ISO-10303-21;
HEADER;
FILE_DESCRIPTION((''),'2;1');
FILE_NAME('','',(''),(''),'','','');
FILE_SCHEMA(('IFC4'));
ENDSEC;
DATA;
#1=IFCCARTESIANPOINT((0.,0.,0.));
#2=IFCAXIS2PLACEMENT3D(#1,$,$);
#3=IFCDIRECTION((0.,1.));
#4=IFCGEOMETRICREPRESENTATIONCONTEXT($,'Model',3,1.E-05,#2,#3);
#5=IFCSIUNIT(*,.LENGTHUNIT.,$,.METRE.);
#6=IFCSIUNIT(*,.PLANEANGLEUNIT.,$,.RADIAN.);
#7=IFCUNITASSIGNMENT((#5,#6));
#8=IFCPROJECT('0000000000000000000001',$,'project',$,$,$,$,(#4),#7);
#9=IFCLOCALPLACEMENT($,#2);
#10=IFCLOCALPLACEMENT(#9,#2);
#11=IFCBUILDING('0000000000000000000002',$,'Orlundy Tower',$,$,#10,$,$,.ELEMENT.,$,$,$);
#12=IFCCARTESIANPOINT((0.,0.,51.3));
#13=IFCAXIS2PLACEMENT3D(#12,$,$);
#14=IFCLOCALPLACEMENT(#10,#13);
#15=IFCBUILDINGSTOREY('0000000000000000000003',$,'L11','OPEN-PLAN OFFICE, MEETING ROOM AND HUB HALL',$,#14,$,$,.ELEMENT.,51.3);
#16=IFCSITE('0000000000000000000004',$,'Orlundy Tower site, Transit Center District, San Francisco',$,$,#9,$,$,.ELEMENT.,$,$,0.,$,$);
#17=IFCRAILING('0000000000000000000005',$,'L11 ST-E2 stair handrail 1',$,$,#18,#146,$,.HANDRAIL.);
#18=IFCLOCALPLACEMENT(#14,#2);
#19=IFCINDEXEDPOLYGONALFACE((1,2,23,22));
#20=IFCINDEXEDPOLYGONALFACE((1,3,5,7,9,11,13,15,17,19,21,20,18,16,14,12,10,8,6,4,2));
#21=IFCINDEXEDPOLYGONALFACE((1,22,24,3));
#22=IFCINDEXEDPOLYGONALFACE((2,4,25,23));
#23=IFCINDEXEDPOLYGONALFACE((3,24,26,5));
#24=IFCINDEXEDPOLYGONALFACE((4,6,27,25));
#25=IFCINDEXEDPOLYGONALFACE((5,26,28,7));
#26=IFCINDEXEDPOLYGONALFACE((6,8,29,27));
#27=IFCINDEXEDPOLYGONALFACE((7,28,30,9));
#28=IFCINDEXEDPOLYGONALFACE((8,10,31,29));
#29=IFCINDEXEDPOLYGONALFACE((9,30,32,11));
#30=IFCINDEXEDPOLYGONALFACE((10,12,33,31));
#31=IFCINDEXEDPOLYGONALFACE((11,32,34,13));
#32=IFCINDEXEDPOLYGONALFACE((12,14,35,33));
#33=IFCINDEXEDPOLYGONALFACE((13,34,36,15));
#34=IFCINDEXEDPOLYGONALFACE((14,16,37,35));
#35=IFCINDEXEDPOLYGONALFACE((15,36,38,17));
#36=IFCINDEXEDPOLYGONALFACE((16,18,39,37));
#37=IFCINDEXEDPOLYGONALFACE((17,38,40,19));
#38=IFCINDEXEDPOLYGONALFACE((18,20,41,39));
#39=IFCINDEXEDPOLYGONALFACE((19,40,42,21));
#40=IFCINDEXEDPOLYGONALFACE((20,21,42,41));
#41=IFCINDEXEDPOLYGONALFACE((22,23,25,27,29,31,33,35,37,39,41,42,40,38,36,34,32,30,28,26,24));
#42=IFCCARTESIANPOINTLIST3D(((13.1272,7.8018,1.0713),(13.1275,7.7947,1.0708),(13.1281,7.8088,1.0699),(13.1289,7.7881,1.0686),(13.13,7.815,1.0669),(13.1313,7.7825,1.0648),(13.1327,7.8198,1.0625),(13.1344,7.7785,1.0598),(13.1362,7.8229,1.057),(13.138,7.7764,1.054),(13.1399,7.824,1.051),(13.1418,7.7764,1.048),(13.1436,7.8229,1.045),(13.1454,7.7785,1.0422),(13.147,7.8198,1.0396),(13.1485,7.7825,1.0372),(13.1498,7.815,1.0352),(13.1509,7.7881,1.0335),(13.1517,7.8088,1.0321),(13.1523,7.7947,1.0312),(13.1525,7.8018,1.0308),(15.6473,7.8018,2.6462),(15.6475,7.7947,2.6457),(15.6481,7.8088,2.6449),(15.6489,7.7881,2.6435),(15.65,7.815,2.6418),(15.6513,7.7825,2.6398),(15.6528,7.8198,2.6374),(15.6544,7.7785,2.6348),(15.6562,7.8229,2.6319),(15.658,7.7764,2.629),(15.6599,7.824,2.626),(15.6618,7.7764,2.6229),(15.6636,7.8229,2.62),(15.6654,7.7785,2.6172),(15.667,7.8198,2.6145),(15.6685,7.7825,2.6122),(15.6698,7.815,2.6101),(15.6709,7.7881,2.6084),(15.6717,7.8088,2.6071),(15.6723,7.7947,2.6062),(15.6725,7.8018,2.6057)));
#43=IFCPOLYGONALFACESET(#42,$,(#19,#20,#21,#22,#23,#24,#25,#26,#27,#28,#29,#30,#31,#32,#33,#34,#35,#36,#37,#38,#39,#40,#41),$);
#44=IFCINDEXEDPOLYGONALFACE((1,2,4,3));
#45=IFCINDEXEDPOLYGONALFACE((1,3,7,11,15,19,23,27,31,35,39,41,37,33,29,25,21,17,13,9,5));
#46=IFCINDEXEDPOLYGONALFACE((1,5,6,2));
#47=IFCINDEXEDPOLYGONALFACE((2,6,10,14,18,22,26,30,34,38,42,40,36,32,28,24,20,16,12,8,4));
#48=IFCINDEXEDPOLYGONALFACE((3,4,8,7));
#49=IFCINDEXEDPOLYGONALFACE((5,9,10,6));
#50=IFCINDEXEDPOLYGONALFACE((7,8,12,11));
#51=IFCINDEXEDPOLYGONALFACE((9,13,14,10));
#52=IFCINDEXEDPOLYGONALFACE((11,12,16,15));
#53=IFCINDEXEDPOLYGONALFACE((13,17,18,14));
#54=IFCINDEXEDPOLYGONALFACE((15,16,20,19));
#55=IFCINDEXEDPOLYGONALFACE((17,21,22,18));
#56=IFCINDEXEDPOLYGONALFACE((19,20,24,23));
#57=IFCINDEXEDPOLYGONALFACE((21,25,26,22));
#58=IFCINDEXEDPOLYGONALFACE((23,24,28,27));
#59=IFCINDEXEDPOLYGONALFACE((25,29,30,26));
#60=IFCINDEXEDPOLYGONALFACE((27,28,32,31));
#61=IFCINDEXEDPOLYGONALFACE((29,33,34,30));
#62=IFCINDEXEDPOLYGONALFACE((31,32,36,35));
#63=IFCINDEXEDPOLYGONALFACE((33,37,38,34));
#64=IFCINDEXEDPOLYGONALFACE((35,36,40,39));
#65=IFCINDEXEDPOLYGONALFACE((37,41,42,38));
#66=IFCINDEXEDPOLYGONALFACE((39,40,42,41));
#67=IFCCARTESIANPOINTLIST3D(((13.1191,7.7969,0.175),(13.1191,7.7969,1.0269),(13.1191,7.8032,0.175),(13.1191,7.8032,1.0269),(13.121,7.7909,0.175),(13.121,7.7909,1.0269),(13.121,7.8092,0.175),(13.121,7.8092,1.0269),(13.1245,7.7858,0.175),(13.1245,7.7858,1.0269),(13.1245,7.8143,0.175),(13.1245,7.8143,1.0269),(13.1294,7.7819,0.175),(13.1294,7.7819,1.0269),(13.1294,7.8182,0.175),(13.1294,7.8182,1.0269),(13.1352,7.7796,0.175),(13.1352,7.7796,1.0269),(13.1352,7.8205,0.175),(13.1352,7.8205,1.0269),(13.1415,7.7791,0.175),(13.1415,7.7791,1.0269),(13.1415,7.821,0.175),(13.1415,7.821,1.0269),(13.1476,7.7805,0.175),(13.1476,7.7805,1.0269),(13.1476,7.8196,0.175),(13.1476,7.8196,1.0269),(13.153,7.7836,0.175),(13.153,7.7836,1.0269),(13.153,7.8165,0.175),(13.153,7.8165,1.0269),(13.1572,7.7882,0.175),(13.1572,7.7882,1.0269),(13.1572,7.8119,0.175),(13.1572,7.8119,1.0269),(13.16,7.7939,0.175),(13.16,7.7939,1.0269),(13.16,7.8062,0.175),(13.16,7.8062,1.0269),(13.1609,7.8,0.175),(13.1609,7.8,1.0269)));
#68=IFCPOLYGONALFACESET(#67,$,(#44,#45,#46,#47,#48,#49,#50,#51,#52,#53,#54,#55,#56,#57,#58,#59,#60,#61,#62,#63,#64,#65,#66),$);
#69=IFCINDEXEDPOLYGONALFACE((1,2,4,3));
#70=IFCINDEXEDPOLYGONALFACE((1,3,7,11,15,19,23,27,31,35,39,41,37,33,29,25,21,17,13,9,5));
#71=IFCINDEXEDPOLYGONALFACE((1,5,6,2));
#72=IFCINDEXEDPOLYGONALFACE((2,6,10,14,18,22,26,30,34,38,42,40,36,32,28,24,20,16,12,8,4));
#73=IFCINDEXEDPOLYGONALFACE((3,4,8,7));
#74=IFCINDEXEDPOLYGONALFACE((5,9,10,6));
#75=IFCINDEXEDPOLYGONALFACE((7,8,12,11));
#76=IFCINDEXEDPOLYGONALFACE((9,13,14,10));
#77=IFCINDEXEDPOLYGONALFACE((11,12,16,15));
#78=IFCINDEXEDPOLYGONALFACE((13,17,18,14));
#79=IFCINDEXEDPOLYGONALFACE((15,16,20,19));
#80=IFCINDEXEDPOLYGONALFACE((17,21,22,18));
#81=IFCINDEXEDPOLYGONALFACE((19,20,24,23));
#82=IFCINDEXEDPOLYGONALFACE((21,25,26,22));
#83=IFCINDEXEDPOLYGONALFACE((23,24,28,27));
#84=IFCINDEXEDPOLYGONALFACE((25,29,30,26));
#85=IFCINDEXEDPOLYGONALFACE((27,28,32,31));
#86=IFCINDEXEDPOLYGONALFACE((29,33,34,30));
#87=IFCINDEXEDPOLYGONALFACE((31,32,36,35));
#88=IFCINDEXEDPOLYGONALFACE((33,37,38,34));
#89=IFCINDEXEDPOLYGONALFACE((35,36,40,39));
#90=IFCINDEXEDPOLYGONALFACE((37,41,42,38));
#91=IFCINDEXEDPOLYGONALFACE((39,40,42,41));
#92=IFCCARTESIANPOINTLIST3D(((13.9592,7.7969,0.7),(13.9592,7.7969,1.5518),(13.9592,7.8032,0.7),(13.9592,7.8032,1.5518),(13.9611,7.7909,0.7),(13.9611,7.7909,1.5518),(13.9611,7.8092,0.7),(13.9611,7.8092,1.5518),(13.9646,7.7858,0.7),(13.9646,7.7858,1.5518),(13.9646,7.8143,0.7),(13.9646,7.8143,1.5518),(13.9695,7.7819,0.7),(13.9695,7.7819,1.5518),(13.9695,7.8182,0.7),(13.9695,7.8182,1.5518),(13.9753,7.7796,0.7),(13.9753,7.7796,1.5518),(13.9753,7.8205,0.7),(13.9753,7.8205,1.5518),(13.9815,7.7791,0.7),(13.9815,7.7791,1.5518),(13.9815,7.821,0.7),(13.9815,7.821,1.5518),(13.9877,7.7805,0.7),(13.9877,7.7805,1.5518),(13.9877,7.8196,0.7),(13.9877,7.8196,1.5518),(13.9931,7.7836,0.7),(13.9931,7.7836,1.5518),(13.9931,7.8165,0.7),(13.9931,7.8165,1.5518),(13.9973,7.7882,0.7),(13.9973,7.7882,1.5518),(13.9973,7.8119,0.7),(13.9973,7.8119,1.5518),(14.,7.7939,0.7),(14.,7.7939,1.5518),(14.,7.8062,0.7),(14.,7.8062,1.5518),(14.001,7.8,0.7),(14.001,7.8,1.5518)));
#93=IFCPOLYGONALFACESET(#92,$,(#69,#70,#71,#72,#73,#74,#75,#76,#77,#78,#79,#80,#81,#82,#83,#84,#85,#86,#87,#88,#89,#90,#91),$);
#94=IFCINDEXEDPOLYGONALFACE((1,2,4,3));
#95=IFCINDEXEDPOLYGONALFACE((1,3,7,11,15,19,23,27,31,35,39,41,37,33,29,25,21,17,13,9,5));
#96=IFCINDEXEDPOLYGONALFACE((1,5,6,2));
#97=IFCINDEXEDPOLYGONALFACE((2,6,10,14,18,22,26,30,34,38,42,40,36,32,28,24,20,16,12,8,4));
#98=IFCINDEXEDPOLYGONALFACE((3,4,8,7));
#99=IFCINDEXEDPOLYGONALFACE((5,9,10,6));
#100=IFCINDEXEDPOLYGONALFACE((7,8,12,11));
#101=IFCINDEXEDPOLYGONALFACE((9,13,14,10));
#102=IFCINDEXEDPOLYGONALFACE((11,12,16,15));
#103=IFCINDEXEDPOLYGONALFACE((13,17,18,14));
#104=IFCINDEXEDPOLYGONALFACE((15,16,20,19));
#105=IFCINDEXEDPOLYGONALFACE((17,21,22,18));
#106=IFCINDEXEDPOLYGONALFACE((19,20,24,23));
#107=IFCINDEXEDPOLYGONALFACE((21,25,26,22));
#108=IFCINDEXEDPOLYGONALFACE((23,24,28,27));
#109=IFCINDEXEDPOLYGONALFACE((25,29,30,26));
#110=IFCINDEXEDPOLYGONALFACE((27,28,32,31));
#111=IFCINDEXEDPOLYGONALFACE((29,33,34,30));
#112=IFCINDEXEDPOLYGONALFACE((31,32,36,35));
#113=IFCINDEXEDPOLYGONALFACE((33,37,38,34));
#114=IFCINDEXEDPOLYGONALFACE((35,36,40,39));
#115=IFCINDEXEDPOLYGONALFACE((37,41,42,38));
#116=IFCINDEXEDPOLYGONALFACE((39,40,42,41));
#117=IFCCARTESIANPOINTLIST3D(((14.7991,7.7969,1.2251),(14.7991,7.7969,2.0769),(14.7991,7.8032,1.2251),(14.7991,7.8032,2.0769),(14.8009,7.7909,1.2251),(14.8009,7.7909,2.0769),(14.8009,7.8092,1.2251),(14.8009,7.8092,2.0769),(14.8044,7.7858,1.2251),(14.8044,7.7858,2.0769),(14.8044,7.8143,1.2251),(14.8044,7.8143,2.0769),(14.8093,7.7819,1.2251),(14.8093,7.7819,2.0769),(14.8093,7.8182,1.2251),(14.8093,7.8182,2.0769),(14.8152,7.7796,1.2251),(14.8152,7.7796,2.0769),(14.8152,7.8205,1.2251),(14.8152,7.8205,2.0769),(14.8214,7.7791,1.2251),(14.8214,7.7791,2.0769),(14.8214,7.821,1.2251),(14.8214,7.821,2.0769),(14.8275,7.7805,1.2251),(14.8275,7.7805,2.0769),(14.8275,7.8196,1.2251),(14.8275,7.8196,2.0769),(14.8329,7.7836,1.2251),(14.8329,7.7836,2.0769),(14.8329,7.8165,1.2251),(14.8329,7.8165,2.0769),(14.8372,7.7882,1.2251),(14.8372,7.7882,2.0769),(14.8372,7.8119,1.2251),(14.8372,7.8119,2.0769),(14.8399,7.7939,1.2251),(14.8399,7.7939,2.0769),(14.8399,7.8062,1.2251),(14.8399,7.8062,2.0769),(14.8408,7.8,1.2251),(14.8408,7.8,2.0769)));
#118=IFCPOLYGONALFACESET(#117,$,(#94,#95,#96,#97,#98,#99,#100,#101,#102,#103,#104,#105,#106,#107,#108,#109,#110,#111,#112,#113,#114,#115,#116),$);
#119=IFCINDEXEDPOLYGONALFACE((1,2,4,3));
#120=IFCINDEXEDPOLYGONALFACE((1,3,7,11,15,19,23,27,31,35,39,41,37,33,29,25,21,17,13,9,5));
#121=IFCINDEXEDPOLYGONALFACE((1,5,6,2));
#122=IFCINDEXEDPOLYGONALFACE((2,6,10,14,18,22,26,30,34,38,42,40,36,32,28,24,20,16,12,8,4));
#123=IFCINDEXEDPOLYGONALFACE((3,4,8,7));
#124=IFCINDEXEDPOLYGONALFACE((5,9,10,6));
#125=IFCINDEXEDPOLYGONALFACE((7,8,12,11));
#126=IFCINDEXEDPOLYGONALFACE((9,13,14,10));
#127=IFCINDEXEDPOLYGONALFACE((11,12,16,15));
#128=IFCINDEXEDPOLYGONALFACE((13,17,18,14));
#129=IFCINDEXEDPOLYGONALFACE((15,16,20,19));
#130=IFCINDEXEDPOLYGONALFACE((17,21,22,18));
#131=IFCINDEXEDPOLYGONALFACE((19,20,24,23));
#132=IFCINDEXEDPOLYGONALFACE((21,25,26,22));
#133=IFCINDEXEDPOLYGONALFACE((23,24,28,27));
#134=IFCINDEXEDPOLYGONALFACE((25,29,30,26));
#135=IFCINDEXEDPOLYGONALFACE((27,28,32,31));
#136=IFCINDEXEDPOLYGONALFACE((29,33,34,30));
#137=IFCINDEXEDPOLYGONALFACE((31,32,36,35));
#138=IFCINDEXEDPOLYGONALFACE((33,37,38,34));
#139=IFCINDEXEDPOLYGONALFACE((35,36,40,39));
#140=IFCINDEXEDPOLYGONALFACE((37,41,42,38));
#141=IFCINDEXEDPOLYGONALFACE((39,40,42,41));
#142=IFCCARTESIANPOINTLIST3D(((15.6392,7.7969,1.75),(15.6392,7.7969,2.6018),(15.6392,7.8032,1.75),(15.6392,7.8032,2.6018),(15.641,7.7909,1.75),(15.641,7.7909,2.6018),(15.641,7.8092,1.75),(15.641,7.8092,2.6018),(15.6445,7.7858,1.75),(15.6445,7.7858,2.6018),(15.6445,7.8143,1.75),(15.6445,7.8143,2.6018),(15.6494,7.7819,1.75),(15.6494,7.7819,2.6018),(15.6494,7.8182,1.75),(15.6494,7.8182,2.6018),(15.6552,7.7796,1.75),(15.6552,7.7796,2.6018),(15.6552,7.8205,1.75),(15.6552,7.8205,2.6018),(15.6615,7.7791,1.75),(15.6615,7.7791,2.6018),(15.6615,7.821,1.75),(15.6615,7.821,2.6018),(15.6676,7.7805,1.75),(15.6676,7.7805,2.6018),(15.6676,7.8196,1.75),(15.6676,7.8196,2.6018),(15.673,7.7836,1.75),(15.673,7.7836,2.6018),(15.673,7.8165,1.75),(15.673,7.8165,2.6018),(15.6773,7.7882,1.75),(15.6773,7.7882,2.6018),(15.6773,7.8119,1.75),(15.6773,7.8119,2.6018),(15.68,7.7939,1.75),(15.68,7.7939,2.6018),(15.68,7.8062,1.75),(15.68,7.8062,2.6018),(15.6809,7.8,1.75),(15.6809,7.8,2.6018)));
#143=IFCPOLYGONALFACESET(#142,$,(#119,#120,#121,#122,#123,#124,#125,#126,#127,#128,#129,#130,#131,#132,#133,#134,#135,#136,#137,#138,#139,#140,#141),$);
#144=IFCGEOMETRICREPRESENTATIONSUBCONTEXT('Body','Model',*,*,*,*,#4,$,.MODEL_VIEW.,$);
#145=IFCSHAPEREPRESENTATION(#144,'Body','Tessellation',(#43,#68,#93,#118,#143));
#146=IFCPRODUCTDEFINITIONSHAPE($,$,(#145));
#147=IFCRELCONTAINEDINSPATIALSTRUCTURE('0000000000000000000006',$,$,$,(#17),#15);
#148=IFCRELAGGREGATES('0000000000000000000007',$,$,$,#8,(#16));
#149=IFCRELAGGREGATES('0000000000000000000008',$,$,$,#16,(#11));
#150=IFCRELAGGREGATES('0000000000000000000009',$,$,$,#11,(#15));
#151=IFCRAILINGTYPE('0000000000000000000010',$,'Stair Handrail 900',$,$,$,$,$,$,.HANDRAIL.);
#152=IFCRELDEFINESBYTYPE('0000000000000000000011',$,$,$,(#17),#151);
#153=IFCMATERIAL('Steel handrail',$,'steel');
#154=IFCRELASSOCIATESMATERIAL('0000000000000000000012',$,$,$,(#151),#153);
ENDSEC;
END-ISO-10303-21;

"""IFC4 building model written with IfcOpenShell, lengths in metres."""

from ifc_helpers import new_model, si_unit, direction, frame, origin, origin_2d, place, context, subcontext, project, spatial, circle, extrude, material, type_object, element, save


model = new_model("IFC4")

# Units and contexts
model_context = context("Model", 3, precision=1e-05, world=origin(), true_north=direction((0.0, 1.0)))
body_context = subcontext(model_context, "Body", "Model", "MODEL_VIEW")
ifc_project = project(units=[si_unit("LENGTHUNIT", "METRE"), si_unit("PLANEANGLEUNIT", "RADIAN")], contexts=[model_context])

# Site, building, storey
site_placement = place(None, origin())
site = spatial("IfcSite", under=ifc_project, at=site_placement, Name="Orlundy Tower site, Transit Center District, San Francisco", CompositionType="ELEMENT", RefElevation=0.0)
building_placement = place(site_placement, origin())
building = spatial("IfcBuilding", under=site, at=building_placement, Name="Orlundy Tower", CompositionType="ELEMENT")
storey_placement = place(building_placement, frame((0.0, 0.0, 51.3)))
storey = spatial("IfcBuildingStorey", under=building, at=storey_placement, Name="L11", Description="OPEN-PLAN OFFICE, MEETING ROOM AND HUB HALL", CompositionType="ELEMENT", Elevation=51.3)

# Railing
ifc_material_1 = material(Name="Steel handrail", Category="steel")
railing_type_1 = type_object("IfcRailingType", Name="Stair Handrail 900", PredefinedType="HANDRAIL", material=ifc_material_1)
railing_1_placement = place(storey_placement, frame((13.1399, 7.8, 0.175)))
element("IfcRailing", 1, at=railing_1_placement, inside=storey, type_object=railing_type_1, Name="L11 ST-E2 stair handrail 1", PredefinedType="HANDRAIL", context=body_context, shape_type="SweptSolid", body=[
    extrude(circle(Radius=0.0239, at=origin_2d()), frame((0.0, 0.0, 0.876), z_axis=(0.848008, 0.0, 0.529984), x_axis=(0.0, 1.0, 0.0)), (0.0, 0.0, 1.0), 2.9717),
    extrude(circle(Radius=0.021, at=origin_2d()), origin(), (0.0, 0.0, 1.0), 0.8518),
    extrude(circle(Radius=0.021, at=origin_2d()), frame((0.8401, 0.0, 0.5249)), (0.0, 0.0, 1.0), 0.8518),
    extrude(circle(Radius=0.021, at=origin_2d()), frame((1.6799, 0.0, 1.05)), (0.0, 0.0, 1.0), 0.8518),
    extrude(circle(Radius=0.021, at=origin_2d()), frame((2.52, 0.0, 1.575)), (0.0, 0.0, 1.0), 0.8518),
])

save(model, "model.ifc")
